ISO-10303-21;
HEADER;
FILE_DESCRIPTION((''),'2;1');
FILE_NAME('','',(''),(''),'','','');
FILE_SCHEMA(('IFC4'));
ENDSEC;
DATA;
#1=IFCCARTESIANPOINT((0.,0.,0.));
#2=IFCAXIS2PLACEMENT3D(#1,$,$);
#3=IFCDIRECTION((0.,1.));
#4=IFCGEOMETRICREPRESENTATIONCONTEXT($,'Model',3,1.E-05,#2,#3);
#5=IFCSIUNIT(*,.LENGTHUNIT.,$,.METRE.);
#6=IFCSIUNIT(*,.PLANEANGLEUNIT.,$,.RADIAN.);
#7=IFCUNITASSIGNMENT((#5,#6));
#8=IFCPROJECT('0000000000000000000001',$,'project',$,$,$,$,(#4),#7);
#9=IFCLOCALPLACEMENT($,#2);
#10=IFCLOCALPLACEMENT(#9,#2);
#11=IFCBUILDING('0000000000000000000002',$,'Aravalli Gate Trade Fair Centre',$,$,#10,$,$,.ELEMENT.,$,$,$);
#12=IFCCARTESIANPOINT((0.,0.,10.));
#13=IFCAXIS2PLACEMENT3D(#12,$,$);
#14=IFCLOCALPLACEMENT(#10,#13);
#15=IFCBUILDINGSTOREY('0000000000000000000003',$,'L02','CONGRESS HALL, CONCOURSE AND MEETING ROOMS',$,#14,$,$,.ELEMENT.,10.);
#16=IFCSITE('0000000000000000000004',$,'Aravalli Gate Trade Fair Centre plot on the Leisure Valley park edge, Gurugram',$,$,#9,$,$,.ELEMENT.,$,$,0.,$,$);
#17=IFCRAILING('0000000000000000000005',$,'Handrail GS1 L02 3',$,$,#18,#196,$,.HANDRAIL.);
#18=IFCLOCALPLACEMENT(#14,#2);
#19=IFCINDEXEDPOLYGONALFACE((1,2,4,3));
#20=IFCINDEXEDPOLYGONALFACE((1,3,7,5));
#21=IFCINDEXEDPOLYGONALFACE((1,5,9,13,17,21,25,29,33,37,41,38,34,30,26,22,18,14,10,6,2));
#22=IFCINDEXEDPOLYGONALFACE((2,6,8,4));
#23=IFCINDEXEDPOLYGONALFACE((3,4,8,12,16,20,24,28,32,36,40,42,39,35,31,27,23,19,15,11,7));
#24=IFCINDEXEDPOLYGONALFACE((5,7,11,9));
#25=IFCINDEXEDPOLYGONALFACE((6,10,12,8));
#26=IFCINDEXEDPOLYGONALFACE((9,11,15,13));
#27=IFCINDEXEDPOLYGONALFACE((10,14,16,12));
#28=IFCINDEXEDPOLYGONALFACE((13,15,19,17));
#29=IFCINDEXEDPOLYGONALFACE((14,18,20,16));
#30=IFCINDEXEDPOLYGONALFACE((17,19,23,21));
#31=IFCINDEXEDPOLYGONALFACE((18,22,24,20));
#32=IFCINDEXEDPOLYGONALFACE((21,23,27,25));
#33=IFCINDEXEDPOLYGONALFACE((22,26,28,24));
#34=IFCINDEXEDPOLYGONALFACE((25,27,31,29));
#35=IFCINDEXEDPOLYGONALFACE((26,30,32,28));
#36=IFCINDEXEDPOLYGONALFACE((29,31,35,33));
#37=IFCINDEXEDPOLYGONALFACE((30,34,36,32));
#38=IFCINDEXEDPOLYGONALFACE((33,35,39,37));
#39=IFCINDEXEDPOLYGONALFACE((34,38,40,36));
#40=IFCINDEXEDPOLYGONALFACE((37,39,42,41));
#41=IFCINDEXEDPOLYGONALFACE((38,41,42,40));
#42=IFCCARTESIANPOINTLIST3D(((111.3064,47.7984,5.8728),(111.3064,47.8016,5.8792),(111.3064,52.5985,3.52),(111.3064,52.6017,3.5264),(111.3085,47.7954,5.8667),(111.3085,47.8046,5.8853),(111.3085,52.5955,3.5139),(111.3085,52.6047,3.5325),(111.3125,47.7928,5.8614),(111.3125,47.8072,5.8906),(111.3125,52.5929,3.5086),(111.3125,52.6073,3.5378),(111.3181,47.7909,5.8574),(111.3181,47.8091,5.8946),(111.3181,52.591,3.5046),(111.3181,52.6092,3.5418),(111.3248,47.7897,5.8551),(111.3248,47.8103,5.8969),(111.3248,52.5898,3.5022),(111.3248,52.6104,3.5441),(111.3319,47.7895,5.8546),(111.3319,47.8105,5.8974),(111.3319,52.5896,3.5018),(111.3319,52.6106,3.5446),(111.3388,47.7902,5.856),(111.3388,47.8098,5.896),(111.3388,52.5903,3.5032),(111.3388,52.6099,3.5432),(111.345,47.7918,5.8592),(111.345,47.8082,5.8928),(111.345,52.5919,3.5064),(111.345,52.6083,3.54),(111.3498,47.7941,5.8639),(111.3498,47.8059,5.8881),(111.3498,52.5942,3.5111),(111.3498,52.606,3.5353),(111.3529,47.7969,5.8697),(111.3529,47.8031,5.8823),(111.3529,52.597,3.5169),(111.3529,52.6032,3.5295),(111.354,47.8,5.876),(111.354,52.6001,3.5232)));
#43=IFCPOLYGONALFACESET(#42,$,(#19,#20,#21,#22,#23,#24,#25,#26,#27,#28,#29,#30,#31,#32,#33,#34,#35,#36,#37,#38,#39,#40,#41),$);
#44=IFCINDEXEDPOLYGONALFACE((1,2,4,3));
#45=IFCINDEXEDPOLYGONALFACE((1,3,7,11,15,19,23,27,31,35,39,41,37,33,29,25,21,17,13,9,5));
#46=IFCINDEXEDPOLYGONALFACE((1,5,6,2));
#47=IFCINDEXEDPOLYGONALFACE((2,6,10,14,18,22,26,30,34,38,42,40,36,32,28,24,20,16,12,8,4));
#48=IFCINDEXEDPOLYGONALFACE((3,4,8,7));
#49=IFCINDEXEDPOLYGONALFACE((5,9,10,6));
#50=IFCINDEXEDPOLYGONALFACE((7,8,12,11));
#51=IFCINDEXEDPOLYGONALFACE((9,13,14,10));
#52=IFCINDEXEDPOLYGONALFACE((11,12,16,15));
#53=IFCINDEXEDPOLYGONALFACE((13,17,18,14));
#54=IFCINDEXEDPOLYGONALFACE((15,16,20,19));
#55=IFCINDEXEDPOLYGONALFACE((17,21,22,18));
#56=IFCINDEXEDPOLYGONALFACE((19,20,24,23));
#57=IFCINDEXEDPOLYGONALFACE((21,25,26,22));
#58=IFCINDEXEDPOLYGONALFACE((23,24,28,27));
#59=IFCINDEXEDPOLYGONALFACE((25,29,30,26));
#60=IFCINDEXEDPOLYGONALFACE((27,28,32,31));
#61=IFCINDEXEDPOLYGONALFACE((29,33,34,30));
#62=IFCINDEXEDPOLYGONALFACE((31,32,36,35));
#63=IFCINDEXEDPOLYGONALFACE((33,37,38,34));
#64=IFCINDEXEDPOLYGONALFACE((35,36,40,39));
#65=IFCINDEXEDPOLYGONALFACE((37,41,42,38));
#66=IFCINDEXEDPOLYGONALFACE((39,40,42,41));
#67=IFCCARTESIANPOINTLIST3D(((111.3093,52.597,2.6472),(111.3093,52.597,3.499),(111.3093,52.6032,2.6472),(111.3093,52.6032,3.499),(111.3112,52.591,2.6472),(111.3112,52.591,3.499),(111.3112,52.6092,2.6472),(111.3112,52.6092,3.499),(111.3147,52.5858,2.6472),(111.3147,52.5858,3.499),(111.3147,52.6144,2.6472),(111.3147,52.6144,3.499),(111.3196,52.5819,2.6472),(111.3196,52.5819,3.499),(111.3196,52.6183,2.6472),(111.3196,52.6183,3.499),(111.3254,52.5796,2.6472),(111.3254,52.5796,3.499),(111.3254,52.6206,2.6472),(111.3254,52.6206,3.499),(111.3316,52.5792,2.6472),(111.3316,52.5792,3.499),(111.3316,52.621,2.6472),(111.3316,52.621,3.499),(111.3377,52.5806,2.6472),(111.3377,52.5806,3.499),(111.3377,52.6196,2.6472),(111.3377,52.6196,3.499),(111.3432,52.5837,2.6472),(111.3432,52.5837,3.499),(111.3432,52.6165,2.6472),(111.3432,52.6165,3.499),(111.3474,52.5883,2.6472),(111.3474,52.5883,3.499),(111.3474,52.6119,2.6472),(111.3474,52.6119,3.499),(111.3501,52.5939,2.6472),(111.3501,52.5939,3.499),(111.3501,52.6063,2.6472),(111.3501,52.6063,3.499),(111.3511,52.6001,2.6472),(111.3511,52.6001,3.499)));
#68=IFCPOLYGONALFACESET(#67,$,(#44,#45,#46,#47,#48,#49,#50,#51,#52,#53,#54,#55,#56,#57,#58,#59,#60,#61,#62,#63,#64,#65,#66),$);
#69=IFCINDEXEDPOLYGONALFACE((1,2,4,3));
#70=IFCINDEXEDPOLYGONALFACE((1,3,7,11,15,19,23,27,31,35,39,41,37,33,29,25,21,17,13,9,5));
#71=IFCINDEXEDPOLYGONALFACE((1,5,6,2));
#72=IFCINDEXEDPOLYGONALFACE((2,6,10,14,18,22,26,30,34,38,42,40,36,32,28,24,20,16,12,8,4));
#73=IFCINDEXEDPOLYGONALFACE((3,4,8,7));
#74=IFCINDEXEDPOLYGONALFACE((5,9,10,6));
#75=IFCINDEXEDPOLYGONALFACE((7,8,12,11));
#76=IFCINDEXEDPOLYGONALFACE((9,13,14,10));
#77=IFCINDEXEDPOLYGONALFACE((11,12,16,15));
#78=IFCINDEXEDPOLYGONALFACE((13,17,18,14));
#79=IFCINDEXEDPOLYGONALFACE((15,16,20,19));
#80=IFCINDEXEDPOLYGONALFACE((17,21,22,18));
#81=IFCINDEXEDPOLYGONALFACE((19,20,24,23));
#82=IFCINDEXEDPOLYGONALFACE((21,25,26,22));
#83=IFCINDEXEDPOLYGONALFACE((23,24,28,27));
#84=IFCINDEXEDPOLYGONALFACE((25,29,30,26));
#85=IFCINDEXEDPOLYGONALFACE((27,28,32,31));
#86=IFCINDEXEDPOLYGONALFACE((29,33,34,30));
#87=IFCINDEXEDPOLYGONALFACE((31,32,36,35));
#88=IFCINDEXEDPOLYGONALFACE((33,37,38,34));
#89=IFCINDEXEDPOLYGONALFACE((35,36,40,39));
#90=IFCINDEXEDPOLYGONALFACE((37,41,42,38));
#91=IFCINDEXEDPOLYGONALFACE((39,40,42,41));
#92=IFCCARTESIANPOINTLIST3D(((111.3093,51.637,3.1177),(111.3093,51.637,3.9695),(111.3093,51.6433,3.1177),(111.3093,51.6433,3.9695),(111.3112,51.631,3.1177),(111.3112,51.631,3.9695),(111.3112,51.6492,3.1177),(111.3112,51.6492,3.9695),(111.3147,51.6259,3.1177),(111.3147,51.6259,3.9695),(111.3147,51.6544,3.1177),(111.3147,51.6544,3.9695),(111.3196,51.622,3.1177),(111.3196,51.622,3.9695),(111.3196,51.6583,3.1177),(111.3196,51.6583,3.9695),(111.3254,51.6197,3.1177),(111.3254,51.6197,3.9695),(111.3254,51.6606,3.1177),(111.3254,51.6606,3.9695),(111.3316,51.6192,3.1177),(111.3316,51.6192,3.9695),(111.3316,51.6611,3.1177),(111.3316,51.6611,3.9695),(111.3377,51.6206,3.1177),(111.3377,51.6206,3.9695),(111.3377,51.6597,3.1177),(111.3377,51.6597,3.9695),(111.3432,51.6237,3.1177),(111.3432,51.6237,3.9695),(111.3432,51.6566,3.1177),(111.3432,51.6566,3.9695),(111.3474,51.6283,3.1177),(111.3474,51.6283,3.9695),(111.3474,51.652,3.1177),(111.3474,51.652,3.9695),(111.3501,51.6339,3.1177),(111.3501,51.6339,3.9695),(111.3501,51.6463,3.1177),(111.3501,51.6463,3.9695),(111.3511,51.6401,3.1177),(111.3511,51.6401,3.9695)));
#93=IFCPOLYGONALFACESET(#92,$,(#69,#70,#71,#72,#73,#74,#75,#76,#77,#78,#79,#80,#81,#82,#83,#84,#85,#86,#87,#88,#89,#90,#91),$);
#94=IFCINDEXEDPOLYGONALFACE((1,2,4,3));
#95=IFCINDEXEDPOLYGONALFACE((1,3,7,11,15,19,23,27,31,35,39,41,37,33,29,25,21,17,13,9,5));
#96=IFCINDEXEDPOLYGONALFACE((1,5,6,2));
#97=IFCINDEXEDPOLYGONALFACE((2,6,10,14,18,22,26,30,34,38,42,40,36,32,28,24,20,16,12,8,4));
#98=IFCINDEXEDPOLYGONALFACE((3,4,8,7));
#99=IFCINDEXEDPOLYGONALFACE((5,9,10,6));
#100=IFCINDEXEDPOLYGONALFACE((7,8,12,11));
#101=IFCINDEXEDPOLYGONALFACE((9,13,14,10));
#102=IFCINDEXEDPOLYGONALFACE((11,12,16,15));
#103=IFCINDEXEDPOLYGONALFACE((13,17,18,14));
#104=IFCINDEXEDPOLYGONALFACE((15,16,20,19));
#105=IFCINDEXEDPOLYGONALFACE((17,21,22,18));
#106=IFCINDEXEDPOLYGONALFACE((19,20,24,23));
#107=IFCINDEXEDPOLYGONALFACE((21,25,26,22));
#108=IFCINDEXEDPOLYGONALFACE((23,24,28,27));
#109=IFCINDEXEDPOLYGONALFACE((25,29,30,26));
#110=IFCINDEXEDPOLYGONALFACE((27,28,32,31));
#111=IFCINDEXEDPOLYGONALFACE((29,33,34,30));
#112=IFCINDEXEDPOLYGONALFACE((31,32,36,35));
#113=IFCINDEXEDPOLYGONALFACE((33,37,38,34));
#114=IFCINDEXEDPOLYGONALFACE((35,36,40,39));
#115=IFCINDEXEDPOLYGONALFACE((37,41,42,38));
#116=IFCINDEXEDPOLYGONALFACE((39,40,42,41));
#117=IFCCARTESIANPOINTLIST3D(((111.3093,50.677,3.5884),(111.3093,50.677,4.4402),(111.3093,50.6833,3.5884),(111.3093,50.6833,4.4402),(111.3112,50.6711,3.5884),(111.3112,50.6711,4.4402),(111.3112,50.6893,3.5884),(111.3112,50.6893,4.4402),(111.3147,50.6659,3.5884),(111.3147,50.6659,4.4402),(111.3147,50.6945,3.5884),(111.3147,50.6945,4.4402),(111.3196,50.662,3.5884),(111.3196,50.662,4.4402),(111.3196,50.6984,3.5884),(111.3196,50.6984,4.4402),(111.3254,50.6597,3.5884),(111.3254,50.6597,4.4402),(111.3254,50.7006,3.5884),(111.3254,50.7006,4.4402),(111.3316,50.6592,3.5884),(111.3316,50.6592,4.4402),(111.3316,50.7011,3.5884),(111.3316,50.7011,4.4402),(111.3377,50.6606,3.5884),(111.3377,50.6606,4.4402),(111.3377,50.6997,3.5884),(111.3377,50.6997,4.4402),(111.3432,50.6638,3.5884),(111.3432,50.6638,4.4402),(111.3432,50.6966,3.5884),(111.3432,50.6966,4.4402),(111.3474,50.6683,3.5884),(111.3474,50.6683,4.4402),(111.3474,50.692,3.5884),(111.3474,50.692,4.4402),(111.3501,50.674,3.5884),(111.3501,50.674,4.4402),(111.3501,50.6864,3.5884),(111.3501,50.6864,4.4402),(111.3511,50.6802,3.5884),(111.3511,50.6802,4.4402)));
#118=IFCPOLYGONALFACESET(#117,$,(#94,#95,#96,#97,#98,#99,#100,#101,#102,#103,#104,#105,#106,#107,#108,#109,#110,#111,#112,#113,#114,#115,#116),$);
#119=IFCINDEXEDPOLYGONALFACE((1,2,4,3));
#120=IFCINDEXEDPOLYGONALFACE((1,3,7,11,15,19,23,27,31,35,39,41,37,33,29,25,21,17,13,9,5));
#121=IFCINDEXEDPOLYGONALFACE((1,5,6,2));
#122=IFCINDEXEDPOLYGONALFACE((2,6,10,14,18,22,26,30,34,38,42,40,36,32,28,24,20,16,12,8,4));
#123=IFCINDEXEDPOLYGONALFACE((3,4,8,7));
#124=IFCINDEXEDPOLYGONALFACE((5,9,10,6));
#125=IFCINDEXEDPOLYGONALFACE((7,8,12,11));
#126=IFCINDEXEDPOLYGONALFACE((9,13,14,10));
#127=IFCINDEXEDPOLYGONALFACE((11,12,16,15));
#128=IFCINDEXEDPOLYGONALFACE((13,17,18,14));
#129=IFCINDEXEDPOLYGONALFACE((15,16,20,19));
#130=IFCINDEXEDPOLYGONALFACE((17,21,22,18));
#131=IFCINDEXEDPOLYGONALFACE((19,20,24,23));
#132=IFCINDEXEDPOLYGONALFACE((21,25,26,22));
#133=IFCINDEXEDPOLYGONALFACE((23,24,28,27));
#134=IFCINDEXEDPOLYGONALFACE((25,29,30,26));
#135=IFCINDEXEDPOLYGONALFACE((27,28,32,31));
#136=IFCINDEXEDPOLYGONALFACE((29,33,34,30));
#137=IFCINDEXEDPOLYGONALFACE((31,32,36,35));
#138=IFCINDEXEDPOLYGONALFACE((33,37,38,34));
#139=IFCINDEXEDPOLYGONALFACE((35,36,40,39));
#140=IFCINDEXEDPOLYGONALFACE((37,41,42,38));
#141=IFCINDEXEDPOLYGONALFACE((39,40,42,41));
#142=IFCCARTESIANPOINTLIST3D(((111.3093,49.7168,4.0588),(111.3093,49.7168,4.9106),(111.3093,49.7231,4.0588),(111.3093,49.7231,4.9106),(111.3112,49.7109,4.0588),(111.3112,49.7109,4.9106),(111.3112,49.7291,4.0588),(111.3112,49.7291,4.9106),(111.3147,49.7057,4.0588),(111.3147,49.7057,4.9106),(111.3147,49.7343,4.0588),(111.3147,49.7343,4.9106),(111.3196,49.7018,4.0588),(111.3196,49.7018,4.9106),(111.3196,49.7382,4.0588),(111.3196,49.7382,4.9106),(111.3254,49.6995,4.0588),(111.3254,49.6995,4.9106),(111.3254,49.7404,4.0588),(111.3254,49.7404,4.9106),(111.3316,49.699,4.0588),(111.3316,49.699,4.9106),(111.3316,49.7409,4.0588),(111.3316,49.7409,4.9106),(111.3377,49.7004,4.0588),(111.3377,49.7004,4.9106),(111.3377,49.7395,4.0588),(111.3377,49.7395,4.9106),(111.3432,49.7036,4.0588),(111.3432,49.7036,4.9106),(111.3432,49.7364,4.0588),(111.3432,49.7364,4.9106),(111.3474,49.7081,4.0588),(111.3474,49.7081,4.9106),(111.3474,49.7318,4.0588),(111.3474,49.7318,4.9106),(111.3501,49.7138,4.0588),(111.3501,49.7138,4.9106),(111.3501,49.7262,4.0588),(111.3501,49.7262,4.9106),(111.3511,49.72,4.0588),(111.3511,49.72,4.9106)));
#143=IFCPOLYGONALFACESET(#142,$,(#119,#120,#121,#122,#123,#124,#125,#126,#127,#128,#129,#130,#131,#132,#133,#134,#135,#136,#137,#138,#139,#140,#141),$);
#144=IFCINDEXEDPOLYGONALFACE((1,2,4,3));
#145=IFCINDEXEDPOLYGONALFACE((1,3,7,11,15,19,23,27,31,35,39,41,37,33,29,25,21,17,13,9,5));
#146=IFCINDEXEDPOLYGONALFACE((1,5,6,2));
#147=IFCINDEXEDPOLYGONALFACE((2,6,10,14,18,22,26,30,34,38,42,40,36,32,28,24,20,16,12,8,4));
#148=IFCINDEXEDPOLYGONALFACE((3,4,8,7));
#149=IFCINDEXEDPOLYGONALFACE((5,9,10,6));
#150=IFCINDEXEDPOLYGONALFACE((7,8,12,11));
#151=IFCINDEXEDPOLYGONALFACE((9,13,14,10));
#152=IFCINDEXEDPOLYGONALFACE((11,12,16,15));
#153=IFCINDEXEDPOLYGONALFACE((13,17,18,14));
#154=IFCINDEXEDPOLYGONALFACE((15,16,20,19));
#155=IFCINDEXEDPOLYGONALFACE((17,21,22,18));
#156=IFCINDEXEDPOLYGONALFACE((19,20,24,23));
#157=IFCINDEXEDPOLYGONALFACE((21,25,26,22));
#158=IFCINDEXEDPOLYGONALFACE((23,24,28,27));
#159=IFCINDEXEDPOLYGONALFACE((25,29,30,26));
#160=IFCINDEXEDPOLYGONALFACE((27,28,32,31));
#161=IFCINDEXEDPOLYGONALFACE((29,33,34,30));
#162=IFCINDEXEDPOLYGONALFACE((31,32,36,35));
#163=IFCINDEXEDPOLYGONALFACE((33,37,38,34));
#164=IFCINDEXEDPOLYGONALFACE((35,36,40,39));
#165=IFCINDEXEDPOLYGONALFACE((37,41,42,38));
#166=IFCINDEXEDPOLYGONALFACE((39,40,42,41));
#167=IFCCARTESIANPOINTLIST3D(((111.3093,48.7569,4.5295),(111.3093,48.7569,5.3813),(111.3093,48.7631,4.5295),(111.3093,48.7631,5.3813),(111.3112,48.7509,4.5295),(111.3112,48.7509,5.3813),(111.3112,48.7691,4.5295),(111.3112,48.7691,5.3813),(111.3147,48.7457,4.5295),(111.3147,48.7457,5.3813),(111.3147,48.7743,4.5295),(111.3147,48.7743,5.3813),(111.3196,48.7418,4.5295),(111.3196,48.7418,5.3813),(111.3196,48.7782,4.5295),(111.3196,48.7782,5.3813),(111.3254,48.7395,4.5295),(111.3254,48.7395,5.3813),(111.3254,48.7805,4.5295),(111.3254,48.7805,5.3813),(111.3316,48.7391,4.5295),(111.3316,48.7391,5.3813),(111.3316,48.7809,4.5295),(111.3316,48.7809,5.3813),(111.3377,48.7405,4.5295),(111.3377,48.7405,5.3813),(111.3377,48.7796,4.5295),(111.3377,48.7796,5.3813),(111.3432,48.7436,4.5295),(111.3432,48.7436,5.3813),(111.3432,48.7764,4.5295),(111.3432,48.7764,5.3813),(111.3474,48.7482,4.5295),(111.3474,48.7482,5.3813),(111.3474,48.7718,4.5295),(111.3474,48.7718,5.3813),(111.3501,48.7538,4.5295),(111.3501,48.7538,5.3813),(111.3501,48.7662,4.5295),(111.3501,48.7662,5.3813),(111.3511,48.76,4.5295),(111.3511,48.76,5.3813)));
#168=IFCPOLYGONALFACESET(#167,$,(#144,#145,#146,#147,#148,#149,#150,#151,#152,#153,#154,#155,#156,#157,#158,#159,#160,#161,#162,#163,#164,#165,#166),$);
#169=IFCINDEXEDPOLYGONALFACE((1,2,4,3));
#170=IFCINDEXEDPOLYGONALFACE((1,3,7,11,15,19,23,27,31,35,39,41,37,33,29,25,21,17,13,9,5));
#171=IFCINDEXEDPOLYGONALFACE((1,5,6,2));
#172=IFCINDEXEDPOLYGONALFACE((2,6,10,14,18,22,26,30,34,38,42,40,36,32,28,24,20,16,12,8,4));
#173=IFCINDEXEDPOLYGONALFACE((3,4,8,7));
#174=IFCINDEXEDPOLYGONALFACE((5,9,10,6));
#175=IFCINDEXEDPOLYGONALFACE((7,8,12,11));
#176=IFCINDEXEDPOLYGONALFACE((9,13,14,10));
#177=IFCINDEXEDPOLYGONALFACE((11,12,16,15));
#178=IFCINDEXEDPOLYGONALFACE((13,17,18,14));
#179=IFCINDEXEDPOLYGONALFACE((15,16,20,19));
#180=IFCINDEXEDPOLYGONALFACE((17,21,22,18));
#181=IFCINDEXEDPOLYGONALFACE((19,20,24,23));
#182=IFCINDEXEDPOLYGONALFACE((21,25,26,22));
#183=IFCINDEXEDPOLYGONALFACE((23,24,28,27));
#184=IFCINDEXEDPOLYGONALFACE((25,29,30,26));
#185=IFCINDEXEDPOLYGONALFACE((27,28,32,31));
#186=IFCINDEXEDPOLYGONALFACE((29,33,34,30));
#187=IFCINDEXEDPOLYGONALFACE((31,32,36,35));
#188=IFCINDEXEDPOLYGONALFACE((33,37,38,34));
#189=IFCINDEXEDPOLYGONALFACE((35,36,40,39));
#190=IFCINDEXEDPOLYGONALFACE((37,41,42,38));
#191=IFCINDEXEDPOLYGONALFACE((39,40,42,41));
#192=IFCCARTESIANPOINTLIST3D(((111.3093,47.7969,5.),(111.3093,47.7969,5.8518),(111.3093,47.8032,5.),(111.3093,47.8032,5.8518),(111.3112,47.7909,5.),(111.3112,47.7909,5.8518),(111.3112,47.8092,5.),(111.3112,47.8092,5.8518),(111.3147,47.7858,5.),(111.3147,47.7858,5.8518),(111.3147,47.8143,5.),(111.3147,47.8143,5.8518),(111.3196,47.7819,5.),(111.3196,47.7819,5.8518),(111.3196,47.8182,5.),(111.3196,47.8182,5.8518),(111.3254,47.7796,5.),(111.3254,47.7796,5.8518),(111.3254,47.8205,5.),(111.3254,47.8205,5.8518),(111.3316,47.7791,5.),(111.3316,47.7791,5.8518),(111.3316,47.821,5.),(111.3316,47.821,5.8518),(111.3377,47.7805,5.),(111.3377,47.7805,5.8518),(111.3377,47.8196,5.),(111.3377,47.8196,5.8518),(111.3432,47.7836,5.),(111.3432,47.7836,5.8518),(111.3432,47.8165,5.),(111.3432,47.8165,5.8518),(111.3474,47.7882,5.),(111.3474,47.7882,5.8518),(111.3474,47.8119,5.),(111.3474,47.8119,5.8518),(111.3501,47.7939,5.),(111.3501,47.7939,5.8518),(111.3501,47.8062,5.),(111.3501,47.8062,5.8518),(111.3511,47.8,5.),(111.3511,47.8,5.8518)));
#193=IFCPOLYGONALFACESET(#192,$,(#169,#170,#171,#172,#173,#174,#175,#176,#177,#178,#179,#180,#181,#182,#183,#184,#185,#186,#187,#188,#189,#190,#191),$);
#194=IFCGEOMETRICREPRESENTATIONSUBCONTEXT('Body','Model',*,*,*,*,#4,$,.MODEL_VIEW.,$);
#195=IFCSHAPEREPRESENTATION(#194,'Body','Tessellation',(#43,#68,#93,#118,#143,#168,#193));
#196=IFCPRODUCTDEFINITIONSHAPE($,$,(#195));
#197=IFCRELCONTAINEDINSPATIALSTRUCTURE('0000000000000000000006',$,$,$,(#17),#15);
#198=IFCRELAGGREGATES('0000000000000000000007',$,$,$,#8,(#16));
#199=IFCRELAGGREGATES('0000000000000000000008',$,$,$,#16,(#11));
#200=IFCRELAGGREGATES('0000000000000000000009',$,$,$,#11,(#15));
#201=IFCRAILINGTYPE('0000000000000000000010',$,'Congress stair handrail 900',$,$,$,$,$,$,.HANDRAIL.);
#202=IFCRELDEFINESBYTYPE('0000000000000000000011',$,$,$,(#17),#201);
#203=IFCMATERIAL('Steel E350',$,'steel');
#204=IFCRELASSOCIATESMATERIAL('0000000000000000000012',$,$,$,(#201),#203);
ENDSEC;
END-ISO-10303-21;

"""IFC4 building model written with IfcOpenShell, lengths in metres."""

from ifc_helpers import new_model, si_unit, direction, frame, origin, origin_2d, place, context, subcontext, project, spatial, circle, extrude, material, type_object, element, save


model = new_model("IFC4")

# Units and contexts
model_context = context("Model", 3, precision=1e-05, world=origin(), true_north=direction((0.0, 1.0)))
body_context = subcontext(model_context, "Body", "Model", "MODEL_VIEW")
ifc_project = project(units=[si_unit("LENGTHUNIT", "METRE"), si_unit("PLANEANGLEUNIT", "RADIAN")], contexts=[model_context])

# Site, building, storey
site_placement = place(None, origin())
site = spatial("IfcSite", under=ifc_project, at=site_placement, Name="Aravalli Gate Trade Fair Centre plot on the Leisure Valley park edge, Gurugram", CompositionType="ELEMENT", RefElevation=0.0)
building_placement = place(site_placement, origin())
building = spatial("IfcBuilding", under=site, at=building_placement, Name="Aravalli Gate Trade Fair Centre", CompositionType="ELEMENT")
storey_placement = place(building_placement, frame((0.0, 0.0, 10.0)))
storey = spatial("IfcBuildingStorey", under=building, at=storey_placement, Name="L02", Description="CONGRESS HALL, CONCOURSE AND MEETING ROOMS", CompositionType="ELEMENT", Elevation=10.0)

# Railing
ifc_material_1 = material(Name="Steel E350", Category="steel")
railing_type = type_object("IfcRailingType", Name="Congress stair handrail 900", PredefinedType="HANDRAIL", material=ifc_material_1)
for number, where, name in (
    (1, (111.3301, 52.6001, 2.6472), "Handrail GS1 L02 3"),
):
    element("IfcRailing", number, at=place(storey_placement, frame(where)), inside=storey, type_object=railing_type, Name=name, PredefinedType="HANDRAIL", context=body_context, shape_type="SweptSolid", body=[
        extrude(circle(Radius=0.0239, at=origin_2d()), frame((0.0, 0.0, 0.876), z_axis=(0.0, -0.897934, 0.44013), x_axis=(1.0, 0.0, 0.0)), (0.0, 0.0, 1.0), 5.3457),
        extrude(circle(Radius=0.021, at=origin_2d()), origin(), (0.0, 0.0, 1.0), 0.8518),
        extrude(circle(Radius=0.021, at=origin_2d()), frame((0.0, -0.96, 0.4705)), (0.0, 0.0, 1.0), 0.8518),
        extrude(circle(Radius=0.021, at=origin_2d()), frame((0.0, -1.9199, 0.9412)), (0.0, 0.0, 1.0), 0.8518),
        extrude(circle(Radius=0.021, at=origin_2d()), frame((0.0, -2.8801, 1.4116)), (0.0, 0.0, 1.0), 0.8518),
        extrude(circle(Radius=0.021, at=origin_2d()), frame((0.0, -3.8401, 1.8823)), (0.0, 0.0, 1.0), 0.8518),
        extrude(circle(Radius=0.021, at=origin_2d()), frame((0.0, -4.8, 2.3528)), (0.0, 0.0, 1.0), 0.8518),
    ])

save(model, "model.ifc")
